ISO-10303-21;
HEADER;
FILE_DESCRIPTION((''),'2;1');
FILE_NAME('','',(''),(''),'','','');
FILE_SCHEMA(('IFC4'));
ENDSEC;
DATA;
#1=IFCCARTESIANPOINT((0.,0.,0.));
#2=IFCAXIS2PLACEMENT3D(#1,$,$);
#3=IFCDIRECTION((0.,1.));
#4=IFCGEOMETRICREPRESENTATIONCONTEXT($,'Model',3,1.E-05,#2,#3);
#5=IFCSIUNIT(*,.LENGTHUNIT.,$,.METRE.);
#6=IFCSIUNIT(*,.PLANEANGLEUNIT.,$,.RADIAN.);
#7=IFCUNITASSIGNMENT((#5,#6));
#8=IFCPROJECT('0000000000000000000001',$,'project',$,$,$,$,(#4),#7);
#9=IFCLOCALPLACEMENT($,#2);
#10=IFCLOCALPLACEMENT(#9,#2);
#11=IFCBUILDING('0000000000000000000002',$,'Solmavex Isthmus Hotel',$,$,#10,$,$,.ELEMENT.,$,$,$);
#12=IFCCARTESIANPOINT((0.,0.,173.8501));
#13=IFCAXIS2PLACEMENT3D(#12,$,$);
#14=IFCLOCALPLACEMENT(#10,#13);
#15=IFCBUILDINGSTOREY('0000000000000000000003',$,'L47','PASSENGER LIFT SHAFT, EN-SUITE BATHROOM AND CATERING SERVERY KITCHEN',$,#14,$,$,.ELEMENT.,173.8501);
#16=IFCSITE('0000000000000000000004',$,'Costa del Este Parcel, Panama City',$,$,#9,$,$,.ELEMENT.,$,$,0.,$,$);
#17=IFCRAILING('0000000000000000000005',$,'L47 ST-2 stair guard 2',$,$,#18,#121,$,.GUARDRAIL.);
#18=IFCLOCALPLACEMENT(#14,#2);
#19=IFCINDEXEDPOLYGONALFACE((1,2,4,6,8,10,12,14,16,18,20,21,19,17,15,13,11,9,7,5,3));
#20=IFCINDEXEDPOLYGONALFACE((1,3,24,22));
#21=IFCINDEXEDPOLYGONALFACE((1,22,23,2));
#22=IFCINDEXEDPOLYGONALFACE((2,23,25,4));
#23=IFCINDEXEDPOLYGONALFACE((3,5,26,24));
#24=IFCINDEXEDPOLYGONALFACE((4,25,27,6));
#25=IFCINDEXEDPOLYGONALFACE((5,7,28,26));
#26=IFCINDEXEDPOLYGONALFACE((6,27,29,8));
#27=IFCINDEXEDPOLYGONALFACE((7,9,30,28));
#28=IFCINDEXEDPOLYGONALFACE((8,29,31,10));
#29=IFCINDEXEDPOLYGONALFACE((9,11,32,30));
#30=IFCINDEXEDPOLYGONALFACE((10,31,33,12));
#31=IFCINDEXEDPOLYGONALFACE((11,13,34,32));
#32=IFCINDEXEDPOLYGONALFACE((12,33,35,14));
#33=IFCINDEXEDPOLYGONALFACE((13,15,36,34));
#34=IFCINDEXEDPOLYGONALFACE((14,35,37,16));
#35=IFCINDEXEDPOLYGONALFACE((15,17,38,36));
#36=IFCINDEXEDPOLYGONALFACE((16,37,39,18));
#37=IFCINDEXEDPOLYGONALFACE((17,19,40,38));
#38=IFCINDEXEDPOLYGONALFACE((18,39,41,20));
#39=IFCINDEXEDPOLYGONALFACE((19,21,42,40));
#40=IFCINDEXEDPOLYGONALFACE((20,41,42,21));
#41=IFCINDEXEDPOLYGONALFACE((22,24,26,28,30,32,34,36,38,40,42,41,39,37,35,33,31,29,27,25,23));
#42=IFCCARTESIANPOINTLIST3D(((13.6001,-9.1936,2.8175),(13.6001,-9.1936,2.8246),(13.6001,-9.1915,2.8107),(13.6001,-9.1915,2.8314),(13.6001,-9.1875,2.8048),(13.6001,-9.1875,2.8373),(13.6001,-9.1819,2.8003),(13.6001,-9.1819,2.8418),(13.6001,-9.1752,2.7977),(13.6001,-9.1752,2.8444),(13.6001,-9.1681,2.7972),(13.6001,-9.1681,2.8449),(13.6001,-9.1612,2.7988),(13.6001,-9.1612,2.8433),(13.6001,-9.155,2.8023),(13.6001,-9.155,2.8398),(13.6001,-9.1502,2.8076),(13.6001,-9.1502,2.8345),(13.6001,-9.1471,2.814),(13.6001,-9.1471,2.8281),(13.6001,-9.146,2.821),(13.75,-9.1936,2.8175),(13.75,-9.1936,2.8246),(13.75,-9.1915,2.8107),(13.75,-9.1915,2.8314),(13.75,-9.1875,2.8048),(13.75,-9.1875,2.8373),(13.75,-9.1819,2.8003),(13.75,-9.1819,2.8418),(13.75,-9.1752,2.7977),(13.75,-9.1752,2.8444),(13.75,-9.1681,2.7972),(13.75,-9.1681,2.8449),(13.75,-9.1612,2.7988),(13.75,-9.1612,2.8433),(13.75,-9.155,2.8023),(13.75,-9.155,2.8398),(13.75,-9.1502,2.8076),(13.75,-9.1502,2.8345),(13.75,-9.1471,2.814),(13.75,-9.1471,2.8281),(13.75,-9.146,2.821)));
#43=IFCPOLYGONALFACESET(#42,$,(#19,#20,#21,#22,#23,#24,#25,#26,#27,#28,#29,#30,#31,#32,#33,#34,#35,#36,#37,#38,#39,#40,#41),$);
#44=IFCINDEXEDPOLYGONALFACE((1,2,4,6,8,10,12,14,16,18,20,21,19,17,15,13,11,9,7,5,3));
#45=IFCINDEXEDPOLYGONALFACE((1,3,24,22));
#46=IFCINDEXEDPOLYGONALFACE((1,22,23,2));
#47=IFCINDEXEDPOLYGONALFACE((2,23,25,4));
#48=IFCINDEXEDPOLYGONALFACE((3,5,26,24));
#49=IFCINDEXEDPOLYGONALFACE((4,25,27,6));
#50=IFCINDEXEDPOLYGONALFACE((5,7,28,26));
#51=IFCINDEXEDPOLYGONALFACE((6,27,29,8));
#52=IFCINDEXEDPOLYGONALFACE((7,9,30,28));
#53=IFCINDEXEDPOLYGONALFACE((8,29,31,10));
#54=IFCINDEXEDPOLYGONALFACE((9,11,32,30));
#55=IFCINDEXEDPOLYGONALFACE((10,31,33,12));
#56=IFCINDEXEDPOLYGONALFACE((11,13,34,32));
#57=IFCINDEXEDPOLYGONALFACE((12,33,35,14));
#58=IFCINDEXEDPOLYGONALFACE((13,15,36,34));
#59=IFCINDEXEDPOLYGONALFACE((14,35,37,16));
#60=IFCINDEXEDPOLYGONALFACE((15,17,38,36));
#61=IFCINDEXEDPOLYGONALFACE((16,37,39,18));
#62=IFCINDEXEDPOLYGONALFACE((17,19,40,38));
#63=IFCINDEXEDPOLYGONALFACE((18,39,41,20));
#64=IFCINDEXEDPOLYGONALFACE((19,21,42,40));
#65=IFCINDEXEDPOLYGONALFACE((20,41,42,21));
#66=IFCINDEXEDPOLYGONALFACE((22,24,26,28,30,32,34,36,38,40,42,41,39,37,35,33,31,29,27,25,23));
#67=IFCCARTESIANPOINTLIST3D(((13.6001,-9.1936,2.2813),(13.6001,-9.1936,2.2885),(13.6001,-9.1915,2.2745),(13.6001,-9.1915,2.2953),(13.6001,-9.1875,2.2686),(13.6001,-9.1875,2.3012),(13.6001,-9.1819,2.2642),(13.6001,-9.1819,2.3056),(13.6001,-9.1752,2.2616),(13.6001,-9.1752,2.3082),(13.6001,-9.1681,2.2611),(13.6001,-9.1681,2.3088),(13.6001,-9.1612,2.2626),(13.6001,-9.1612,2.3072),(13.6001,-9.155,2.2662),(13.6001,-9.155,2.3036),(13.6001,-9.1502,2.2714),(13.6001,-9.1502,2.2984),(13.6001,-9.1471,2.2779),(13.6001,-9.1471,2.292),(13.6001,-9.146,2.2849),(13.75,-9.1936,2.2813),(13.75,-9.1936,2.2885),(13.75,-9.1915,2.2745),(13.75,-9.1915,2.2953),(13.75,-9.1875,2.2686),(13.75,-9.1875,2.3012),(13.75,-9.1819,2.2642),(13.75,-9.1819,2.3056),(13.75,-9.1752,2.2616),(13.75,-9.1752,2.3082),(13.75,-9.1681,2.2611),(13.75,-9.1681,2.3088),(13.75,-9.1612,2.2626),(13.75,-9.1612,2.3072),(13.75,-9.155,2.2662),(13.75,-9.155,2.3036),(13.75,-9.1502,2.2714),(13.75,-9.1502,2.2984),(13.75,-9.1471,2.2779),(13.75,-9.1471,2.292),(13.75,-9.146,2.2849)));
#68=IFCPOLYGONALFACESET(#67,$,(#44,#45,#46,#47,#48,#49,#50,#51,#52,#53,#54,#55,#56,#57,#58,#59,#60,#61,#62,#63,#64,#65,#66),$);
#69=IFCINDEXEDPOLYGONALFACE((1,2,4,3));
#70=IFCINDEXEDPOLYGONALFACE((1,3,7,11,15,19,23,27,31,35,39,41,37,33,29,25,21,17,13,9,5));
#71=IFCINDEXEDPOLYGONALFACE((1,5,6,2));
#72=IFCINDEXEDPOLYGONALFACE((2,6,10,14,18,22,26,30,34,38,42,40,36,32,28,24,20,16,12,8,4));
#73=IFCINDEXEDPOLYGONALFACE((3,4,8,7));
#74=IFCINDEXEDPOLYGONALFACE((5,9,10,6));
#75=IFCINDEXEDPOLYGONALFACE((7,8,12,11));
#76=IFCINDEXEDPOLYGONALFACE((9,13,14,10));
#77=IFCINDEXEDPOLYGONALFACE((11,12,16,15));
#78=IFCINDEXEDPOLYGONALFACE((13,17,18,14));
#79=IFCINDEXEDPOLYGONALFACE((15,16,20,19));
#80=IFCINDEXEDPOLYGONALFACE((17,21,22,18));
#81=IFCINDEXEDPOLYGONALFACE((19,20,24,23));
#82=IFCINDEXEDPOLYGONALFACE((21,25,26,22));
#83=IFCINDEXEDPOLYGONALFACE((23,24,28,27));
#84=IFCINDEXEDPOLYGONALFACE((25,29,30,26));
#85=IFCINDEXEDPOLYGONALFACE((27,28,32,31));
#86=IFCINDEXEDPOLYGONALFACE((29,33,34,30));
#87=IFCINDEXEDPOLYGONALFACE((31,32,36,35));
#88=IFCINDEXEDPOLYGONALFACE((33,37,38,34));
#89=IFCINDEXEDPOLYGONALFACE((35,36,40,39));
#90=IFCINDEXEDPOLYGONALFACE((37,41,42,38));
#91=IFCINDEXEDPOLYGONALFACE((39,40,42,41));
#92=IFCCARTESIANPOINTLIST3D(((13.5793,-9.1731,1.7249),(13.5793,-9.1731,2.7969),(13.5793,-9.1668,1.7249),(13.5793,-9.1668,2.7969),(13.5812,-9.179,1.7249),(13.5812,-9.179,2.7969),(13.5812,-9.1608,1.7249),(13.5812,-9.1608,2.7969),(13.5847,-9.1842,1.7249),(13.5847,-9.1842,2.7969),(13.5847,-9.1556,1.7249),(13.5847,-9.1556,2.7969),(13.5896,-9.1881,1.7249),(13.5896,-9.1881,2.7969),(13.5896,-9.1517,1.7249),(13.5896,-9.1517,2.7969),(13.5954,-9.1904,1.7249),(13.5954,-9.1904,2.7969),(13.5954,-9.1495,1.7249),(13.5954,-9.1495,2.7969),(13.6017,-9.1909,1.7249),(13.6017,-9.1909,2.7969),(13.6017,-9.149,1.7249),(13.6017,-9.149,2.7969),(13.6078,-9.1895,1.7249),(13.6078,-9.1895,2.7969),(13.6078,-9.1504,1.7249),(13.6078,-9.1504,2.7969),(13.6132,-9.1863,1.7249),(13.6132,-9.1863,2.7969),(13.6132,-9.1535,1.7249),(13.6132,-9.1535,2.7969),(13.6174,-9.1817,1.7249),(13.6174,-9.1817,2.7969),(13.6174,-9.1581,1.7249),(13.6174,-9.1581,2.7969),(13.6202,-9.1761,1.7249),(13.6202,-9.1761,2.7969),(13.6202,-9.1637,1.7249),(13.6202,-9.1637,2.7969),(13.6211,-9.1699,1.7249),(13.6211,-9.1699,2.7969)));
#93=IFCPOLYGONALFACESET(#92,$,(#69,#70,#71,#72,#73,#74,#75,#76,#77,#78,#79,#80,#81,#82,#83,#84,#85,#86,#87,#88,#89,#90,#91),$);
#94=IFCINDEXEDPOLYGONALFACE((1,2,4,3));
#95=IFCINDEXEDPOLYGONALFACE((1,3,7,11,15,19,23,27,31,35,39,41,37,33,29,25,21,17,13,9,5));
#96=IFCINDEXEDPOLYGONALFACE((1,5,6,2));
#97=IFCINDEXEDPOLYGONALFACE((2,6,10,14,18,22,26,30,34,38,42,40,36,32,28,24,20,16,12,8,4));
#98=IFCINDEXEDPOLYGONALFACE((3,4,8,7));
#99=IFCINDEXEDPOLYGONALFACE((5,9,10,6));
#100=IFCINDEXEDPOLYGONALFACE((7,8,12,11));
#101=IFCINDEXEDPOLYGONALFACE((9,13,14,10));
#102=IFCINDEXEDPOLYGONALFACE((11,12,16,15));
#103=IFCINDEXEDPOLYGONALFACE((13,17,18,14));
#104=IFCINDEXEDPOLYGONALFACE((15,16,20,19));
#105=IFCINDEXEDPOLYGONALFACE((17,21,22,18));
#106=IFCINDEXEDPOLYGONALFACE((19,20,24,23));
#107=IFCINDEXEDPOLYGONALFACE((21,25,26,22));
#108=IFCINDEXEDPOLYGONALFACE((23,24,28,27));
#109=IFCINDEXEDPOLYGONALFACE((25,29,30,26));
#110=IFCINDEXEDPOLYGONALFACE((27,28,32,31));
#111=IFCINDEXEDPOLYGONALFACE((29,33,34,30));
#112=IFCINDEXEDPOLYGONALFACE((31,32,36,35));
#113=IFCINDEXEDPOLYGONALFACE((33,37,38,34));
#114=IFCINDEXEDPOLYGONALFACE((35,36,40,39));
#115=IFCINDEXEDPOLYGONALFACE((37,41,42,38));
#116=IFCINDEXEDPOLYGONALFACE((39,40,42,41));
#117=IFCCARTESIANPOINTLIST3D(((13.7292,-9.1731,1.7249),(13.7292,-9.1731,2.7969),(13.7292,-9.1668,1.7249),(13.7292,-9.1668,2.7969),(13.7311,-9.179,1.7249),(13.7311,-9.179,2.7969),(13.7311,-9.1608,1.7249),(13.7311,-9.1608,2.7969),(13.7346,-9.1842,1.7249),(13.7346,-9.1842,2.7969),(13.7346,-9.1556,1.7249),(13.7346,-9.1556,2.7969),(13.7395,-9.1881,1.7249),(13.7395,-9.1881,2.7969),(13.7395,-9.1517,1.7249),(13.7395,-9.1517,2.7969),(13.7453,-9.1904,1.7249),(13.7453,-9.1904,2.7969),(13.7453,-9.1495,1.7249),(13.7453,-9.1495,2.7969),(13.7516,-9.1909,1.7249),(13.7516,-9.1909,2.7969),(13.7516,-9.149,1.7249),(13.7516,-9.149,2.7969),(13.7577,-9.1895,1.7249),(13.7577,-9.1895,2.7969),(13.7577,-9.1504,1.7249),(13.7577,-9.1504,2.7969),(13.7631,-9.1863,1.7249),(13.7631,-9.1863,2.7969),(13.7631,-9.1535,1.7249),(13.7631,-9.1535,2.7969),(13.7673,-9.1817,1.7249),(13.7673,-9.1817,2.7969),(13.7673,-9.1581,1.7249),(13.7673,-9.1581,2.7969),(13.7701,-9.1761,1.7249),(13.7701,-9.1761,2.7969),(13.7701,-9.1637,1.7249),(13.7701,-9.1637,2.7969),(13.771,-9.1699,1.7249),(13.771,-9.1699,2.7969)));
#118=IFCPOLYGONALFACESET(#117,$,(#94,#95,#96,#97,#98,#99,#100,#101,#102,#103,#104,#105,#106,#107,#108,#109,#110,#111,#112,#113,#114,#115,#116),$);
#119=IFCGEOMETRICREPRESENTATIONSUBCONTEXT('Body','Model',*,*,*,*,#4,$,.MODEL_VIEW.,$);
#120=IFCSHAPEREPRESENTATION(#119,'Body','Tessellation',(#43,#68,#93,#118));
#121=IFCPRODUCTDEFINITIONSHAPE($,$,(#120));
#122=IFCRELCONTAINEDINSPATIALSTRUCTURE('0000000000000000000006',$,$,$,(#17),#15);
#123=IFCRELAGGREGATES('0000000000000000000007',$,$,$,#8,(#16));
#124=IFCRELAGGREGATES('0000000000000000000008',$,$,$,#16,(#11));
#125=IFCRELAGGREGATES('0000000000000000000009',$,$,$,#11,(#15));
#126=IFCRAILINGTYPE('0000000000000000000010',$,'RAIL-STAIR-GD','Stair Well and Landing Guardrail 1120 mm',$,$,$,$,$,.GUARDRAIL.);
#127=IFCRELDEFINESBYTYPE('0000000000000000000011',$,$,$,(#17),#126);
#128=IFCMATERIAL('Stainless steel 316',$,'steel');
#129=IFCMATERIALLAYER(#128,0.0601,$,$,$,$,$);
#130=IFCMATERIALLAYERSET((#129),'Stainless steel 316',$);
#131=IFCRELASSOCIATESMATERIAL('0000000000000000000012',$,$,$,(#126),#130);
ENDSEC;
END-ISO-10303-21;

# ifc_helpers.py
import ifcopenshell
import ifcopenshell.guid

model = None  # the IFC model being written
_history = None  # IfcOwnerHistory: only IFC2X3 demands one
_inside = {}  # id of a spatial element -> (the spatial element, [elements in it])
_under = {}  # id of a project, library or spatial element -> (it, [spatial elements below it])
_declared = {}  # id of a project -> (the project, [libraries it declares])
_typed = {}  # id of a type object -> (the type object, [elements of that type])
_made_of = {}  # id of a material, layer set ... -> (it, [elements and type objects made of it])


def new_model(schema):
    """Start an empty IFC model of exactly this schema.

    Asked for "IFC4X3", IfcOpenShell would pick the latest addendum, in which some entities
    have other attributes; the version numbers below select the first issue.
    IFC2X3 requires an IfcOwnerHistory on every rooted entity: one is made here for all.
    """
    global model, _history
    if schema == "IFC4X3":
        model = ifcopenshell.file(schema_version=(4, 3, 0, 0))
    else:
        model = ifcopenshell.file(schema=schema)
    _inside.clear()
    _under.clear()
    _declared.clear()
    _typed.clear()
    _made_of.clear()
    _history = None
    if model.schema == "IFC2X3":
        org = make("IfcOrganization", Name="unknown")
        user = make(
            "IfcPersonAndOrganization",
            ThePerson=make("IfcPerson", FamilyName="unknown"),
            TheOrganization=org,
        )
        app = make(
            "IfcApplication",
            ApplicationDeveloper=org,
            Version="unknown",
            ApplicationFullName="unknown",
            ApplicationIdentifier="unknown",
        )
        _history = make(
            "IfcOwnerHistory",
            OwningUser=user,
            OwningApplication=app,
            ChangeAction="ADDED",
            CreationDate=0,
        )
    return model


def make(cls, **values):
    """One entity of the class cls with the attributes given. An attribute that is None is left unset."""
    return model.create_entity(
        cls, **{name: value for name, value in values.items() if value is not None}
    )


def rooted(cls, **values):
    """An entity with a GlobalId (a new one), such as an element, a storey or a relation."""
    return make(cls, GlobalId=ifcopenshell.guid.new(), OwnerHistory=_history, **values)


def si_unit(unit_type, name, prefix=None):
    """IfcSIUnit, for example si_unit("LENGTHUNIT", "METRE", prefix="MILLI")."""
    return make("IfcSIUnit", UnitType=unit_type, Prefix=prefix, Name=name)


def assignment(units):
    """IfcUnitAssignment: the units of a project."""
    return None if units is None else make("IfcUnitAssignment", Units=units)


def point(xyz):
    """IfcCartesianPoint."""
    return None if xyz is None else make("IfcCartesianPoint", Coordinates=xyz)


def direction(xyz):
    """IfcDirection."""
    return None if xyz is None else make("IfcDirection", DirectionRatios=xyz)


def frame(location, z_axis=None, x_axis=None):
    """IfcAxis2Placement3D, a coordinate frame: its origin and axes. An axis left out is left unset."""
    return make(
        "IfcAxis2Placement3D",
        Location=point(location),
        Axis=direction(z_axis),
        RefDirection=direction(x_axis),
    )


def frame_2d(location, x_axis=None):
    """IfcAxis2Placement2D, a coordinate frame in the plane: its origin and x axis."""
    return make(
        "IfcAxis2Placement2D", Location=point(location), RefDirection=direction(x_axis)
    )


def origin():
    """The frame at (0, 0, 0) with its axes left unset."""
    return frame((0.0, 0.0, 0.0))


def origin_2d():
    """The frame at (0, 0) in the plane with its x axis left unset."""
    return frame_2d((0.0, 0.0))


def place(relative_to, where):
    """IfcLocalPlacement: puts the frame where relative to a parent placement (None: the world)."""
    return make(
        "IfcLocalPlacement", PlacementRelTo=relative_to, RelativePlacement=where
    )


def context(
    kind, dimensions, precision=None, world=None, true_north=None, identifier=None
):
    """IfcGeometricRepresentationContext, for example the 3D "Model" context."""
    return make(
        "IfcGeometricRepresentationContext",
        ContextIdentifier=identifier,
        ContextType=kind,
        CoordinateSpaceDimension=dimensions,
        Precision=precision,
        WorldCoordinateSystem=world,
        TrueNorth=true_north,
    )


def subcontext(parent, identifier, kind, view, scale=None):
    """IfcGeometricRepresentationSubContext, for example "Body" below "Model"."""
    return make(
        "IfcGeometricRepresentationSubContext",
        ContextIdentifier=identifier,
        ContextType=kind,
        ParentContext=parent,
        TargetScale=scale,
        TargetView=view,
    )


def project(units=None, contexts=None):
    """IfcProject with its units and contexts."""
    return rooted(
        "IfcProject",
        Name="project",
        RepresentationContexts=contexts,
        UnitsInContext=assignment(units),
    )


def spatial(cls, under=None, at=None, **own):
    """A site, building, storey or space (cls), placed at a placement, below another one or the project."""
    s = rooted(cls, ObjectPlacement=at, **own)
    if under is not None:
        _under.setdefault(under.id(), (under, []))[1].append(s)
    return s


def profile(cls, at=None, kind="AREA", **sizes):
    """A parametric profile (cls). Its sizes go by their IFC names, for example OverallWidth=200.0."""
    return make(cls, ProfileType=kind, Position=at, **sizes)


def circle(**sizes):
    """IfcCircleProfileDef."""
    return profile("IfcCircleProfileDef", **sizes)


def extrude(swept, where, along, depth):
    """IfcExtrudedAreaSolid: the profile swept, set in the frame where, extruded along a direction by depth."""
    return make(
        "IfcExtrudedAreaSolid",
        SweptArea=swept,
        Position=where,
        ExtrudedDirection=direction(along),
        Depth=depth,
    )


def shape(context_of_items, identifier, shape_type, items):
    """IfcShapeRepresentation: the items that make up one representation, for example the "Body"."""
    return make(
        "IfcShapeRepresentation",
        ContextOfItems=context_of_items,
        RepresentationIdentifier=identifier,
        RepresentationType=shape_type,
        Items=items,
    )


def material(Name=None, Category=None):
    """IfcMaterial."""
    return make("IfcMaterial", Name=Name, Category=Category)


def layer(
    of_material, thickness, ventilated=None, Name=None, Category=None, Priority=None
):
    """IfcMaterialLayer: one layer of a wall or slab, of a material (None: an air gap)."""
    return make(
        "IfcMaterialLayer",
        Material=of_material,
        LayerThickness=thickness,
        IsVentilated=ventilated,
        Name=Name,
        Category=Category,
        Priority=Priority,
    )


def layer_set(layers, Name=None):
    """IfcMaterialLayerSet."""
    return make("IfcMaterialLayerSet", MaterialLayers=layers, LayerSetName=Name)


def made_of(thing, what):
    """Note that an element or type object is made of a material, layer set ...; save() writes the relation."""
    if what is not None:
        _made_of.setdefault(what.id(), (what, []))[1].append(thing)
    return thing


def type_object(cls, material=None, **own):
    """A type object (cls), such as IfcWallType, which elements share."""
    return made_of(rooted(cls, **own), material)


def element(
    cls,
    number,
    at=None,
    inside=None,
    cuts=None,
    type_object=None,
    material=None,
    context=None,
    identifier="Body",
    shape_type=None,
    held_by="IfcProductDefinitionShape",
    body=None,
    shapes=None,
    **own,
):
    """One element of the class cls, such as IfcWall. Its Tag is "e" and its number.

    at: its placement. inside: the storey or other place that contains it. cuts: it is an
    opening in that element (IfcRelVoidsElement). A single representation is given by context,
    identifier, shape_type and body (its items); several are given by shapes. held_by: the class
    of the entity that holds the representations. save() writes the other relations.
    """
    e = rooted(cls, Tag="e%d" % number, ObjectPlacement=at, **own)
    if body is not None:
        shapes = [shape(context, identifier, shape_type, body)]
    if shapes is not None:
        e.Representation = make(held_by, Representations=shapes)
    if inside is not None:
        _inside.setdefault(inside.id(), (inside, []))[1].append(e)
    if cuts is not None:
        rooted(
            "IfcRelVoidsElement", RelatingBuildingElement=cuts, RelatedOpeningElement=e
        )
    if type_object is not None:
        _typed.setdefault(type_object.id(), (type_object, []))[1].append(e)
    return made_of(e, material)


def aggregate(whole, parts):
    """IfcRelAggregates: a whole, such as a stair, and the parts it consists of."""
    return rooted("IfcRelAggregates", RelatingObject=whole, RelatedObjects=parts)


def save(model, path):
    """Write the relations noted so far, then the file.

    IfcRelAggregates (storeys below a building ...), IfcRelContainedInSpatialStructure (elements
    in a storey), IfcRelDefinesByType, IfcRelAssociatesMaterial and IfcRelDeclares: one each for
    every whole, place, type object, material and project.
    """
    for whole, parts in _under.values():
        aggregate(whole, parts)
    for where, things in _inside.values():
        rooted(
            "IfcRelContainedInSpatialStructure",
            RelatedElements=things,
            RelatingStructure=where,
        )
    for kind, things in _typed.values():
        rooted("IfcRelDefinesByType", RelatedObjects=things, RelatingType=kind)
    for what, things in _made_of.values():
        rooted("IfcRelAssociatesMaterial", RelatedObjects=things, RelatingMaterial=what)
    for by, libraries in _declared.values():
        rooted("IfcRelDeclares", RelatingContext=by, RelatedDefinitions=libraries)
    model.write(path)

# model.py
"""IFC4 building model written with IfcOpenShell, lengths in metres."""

from ifc_helpers import new_model, si_unit, direction, frame, origin, origin_2d, place, context, subcontext, project, spatial, circle, extrude, material, layer, layer_set, type_object, element, save


model = new_model("IFC4")

# Units and contexts
model_context = context("Model", 3, precision=1e-05, world=origin(), true_north=direction((0.0, 1.0)))
body_context = subcontext(model_context, "Body", "Model", "MODEL_VIEW")
ifc_project = project(units=[si_unit("LENGTHUNIT", "METRE"), si_unit("PLANEANGLEUNIT", "RADIAN")], contexts=[model_context])

# Site, building, storey
site_placement = place(None, origin())
site = spatial("IfcSite", under=ifc_project, at=site_placement, Name="Costa del Este Parcel, Panama City", CompositionType="ELEMENT", RefElevation=0.0)
building_placement = place(site_placement, origin())
building = spatial("IfcBuilding", under=site, at=building_placement, Name="Solmavex Isthmus Hotel", CompositionType="ELEMENT")
storey_placement = place(building_placement, frame((0.0, 0.0, 173.8501)))
storey = spatial("IfcBuildingStorey", under=building, at=storey_placement, Name="L47", Description="PASSENGER LIFT SHAFT, EN-SUITE BATHROOM AND CATERING SERVERY KITCHEN", CompositionType="ELEMENT", Elevation=173.8501)

# Shared definitions
ifc_material_1 = material(Name="Stainless steel 316", Category="steel")

# Railing
ifc_layer_1 = layer(ifc_material_1, 0.0601)
ifc_layer_set_1 = layer_set([ifc_layer_1], Name="Stainless steel 316")
railing_type_1 = type_object("IfcRailingType", Name="RAIL-STAIR-GD", Description="Stair Well and Landing Guardrail 1120 mm", PredefinedType="GUARDRAIL", material=ifc_layer_set_1)
railing_1_placement = place(storey_placement, frame((13.6001, -9.1699, 1.7249)))
element("IfcRailing", 1, at=railing_1_placement, inside=storey, type_object=railing_type_1, Name="L47 ST-2 stair guard 2", PredefinedType="GUARDRAIL", context=body_context, shape_type="SweptSolid", body=[
    extrude(circle(Radius=0.0239, at=origin_2d()), frame((0.0, 0.0, 1.0962), z_axis=(1.0, 0.0, 0.0), x_axis=(0.0, 1.0, 0.0)), (0.0, 0.0, 1.0), 0.1499),
    extrude(circle(Radius=0.0239, at=origin_2d()), frame((0.0, 0.0, 0.5601), z_axis=(1.0, 0.0, 0.0), x_axis=(0.0, 1.0, 0.0)), (0.0, 0.0, 1.0), 0.1499),
    extrude(circle(Radius=0.021, at=origin_2d()), origin(), (0.0, 0.0, 1.0), 1.072),
    extrude(circle(Radius=0.021, at=origin_2d()), frame((0.1499, 0.0, 0.0)), (0.0, 0.0, 1.0), 1.072),
])

save(model, "model.ifc")
